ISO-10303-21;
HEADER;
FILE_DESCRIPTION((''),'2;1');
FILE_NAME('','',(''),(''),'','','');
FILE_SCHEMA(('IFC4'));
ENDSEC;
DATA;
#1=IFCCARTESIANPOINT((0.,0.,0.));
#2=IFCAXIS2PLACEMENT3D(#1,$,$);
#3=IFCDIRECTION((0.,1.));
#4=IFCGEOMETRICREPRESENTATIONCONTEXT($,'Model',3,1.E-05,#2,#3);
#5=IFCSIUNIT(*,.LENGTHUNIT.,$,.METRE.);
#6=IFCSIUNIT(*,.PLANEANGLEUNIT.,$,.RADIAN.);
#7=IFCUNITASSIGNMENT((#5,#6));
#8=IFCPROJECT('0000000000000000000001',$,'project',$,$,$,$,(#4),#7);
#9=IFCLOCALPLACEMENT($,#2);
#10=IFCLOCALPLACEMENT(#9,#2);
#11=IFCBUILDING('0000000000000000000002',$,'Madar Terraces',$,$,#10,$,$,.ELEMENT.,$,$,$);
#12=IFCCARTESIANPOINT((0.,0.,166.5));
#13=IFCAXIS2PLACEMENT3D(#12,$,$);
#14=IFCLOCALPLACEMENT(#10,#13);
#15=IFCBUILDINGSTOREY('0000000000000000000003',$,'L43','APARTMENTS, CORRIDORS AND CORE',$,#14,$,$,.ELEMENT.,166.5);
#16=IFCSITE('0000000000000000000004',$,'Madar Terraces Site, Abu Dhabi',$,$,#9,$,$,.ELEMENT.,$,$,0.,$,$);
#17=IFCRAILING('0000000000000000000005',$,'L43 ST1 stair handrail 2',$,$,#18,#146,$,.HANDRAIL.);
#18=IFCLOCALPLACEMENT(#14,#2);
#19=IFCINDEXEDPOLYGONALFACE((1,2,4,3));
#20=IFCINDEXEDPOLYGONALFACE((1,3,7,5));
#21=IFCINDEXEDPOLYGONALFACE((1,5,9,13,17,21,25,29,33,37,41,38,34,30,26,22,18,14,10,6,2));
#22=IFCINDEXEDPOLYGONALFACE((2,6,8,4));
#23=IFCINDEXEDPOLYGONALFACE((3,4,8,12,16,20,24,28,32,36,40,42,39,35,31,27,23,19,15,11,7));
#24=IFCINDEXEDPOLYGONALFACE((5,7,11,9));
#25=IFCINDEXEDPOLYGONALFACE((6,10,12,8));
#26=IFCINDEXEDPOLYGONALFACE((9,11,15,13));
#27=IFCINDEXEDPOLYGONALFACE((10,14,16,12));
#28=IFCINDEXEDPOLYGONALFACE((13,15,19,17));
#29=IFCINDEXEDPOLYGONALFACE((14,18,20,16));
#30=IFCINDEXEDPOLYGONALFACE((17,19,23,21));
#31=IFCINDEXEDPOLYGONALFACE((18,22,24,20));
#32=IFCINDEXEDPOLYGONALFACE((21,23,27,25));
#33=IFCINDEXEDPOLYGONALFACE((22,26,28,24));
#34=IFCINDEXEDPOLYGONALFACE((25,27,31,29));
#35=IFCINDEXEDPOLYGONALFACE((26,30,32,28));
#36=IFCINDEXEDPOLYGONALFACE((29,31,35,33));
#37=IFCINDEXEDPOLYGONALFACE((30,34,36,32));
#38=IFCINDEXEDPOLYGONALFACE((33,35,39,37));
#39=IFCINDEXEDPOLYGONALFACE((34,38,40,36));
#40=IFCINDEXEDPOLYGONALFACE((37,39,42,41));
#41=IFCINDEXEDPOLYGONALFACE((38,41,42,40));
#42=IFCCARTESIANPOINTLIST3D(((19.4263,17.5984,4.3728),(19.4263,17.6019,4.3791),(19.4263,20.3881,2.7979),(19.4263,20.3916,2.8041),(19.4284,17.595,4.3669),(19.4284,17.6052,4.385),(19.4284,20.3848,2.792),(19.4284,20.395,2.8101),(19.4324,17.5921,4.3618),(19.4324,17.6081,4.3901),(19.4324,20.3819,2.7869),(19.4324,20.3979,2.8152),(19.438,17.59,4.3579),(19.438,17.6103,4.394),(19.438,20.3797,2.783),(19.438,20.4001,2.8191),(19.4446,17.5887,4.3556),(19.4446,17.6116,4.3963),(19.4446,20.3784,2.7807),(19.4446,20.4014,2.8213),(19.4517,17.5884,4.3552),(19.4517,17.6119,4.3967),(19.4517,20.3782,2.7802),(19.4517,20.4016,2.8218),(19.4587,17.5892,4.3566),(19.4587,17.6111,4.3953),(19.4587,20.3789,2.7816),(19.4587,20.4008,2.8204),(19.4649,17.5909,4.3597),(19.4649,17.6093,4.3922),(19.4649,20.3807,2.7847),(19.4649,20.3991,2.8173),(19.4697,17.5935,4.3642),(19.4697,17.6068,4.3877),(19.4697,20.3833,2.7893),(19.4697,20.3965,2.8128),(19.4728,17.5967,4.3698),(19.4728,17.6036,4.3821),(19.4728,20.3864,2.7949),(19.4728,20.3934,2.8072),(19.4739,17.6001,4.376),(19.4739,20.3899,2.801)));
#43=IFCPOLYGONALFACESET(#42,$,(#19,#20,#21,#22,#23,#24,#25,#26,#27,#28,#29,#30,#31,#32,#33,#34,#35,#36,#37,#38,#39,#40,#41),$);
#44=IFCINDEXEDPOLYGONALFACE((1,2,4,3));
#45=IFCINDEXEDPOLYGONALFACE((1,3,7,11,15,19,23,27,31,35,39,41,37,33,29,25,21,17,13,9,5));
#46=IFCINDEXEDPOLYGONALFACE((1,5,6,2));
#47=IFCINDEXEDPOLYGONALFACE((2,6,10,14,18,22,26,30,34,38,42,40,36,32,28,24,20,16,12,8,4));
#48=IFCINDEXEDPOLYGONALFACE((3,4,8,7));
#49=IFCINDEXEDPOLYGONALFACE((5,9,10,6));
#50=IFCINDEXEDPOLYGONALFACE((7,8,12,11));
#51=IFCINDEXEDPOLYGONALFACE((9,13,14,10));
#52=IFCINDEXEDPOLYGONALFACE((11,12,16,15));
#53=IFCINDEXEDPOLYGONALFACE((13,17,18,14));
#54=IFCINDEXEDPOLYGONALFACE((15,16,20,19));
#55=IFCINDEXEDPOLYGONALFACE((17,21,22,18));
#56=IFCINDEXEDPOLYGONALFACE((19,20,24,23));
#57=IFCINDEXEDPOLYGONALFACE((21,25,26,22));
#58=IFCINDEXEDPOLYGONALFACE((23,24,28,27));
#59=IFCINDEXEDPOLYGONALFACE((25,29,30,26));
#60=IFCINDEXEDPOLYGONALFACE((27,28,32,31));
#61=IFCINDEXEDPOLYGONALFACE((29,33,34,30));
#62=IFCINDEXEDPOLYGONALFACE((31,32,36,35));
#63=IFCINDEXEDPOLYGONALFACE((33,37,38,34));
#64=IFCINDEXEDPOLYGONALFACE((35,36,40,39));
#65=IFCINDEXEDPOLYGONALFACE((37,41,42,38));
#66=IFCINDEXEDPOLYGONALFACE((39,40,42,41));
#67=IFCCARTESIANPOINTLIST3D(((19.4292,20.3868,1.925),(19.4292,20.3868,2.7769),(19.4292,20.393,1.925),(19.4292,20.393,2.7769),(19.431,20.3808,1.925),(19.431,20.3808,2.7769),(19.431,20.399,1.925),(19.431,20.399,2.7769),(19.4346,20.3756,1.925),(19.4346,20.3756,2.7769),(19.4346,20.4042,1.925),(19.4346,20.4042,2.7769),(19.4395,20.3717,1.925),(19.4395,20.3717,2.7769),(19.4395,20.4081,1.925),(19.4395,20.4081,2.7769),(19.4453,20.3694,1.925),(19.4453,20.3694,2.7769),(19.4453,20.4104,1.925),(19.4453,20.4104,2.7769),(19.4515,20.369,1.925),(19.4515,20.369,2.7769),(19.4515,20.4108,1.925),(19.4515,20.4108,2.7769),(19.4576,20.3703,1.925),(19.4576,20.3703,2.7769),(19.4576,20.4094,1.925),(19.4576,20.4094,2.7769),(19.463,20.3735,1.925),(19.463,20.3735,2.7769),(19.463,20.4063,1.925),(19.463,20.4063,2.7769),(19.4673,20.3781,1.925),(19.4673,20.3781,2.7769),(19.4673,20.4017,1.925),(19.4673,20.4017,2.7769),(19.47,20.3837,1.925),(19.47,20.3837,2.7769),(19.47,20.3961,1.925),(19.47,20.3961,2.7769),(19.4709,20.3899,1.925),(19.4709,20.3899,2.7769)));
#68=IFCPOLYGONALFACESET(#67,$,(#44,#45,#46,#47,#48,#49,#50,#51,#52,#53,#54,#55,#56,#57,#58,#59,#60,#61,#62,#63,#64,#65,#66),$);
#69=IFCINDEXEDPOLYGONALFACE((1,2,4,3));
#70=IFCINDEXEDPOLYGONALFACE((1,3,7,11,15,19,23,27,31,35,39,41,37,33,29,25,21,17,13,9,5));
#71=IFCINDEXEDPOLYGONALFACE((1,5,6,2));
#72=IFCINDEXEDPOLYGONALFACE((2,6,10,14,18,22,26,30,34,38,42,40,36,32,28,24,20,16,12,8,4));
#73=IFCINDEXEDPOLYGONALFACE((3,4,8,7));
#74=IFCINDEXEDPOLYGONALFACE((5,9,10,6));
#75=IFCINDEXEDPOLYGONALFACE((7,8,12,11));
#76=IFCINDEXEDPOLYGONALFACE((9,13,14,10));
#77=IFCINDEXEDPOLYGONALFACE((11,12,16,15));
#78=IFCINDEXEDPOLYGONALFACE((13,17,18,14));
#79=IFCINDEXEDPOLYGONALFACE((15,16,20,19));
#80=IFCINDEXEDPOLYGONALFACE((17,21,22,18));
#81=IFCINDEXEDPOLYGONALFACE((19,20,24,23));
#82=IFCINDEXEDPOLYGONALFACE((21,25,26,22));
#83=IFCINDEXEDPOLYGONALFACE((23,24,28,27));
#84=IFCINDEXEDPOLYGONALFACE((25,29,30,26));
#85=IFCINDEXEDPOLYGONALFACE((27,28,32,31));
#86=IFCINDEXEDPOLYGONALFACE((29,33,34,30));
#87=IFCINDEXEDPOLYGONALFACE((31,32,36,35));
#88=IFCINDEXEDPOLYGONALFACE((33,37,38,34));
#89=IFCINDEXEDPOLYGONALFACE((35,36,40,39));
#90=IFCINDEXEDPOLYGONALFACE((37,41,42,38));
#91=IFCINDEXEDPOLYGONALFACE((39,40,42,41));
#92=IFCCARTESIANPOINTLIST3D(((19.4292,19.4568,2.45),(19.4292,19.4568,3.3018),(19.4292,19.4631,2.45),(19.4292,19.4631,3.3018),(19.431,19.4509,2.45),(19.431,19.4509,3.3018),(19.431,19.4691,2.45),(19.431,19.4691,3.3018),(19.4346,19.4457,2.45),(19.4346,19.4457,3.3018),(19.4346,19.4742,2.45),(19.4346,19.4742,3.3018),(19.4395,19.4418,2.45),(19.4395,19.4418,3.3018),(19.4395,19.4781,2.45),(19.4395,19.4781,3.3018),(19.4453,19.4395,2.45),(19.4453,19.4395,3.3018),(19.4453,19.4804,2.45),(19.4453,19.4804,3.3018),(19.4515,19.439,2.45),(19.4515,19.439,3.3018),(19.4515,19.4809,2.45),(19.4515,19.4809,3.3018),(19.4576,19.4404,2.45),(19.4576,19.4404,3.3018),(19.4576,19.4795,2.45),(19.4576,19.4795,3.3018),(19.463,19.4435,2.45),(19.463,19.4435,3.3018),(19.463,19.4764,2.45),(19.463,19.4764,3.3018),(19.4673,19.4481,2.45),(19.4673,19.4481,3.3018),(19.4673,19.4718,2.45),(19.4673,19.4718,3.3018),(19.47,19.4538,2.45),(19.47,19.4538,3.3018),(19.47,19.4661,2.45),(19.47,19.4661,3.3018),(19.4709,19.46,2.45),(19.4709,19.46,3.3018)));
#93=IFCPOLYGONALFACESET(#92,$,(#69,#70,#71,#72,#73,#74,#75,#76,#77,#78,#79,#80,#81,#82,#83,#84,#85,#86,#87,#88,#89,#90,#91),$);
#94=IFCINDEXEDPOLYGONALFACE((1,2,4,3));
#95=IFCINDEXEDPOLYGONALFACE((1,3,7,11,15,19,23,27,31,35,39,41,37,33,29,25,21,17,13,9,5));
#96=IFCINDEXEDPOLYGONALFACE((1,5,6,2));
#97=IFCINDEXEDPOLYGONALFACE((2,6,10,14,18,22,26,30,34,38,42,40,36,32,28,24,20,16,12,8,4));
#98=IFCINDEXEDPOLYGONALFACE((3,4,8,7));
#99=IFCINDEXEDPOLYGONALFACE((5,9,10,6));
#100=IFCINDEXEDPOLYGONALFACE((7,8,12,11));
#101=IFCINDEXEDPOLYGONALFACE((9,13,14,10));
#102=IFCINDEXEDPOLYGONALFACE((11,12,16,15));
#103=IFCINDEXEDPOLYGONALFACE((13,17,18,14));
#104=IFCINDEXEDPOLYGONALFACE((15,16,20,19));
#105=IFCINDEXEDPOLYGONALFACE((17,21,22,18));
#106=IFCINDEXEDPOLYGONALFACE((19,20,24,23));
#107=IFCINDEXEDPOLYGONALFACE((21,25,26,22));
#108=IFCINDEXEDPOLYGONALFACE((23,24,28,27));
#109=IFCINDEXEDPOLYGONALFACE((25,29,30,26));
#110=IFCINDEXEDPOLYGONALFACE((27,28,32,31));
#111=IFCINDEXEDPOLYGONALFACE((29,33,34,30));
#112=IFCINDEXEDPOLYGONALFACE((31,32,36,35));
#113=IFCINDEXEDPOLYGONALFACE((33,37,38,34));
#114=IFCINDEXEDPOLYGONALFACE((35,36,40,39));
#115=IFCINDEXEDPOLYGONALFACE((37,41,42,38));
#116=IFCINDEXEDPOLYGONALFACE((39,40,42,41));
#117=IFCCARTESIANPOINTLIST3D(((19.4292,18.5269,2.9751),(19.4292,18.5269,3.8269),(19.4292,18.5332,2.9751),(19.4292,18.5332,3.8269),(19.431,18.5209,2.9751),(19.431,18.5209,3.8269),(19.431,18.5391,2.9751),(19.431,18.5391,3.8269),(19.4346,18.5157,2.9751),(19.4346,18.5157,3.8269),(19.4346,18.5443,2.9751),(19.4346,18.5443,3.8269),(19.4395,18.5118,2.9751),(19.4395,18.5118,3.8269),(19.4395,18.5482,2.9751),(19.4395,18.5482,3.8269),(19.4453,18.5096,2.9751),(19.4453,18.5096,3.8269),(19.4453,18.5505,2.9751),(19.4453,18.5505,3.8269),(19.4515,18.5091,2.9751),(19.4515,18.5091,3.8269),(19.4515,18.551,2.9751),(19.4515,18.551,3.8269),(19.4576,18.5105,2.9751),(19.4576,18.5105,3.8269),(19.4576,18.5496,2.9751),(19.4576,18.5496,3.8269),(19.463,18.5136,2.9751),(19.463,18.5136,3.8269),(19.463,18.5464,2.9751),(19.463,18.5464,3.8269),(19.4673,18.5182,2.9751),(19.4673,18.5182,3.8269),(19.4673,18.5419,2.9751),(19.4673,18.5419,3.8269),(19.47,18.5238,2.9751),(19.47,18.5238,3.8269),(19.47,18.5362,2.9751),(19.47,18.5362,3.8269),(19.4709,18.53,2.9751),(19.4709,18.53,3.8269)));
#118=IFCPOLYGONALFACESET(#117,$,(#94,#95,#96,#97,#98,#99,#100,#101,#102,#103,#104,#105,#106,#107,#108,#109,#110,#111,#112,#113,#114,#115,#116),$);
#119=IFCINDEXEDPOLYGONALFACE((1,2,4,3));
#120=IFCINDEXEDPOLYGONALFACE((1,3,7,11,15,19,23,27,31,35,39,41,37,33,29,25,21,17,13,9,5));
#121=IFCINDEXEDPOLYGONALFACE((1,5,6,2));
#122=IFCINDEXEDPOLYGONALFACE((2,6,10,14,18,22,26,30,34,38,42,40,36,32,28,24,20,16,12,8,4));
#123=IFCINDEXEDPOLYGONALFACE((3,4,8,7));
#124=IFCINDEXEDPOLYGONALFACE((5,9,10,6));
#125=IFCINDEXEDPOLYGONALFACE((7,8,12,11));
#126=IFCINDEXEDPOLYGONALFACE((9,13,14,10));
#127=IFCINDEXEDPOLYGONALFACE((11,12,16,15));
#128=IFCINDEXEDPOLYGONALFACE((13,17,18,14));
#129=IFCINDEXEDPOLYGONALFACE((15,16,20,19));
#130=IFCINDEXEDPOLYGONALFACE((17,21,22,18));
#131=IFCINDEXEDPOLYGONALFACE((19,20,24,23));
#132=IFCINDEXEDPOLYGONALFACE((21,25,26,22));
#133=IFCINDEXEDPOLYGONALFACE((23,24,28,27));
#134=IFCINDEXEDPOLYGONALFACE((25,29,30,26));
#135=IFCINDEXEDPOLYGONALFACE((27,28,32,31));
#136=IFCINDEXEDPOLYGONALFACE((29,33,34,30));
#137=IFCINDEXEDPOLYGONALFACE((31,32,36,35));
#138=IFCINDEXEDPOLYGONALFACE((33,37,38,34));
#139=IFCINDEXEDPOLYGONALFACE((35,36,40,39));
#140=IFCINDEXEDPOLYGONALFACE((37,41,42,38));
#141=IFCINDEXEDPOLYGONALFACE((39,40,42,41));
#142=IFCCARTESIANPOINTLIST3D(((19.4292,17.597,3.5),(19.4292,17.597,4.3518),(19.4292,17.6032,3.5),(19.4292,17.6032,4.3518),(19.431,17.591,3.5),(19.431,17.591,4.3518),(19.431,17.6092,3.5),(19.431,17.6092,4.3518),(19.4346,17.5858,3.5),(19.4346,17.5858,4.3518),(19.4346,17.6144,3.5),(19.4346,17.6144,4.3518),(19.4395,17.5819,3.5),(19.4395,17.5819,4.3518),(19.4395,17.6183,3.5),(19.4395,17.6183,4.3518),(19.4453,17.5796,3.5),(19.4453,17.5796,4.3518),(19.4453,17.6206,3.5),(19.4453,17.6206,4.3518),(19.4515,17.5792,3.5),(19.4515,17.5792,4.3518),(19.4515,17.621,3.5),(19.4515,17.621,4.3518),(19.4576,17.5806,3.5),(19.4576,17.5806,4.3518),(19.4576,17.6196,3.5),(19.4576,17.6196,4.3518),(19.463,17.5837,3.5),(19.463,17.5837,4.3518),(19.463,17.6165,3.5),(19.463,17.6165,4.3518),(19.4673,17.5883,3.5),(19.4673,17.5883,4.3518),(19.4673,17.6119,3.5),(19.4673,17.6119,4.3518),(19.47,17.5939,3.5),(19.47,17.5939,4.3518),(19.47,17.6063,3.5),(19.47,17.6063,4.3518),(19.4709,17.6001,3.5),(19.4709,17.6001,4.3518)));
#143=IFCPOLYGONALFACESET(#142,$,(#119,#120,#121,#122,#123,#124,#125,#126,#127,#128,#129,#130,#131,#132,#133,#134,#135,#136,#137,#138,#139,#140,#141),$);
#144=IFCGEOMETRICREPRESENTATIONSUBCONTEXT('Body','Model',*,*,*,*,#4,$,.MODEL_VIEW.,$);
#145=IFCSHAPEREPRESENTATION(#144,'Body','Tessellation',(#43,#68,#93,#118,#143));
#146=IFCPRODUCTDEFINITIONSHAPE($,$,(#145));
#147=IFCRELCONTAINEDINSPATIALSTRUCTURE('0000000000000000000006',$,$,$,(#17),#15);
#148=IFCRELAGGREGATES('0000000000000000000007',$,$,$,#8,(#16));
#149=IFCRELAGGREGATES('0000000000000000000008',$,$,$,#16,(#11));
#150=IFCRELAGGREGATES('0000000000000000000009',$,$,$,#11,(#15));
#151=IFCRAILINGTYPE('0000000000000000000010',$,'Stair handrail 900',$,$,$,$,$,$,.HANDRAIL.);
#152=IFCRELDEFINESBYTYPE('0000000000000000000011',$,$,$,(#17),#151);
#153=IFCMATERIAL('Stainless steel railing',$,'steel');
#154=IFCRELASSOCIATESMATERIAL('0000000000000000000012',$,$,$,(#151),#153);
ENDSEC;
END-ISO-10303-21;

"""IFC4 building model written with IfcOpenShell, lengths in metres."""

from ifc_helpers import new_model, si_unit, direction, frame, origin, origin_2d, place, context, subcontext, project, spatial, circle, extrude, material, type_object, element, save


model = new_model("IFC4")

# Units and contexts
model_context = context("Model", 3, precision=1e-05, world=origin(), true_north=direction((0.0, 1.0)))
body_context = subcontext(model_context, "Body", "Model", "MODEL_VIEW")
ifc_project = project(units=[si_unit("LENGTHUNIT", "METRE"), si_unit("PLANEANGLEUNIT", "RADIAN")], contexts=[model_context])

# Site, building, storey
site_placement = place(None, origin())
site = spatial("IfcSite", under=ifc_project, at=site_placement, Name="Madar Terraces Site, Abu Dhabi", CompositionType="ELEMENT", RefElevation=0.0)
building_placement = place(site_placement, origin())
building = spatial("IfcBuilding", under=site, at=building_placement, Name="Madar Terraces", CompositionType="ELEMENT")
storey_placement = place(building_placement, frame((0.0, 0.0, 166.5)))
storey = spatial("IfcBuildingStorey", under=building, at=storey_placement, Name="L43", Description="APARTMENTS, CORRIDORS AND CORE", CompositionType="ELEMENT", Elevation=166.5)

# Railing
ifc_material_1 = material(Name="Stainless steel railing", Category="steel")
railing_type_1 = type_object("IfcRailingType", Name="Stair handrail 900", PredefinedType="HANDRAIL", material=ifc_material_1)
railing_1_placement = place(storey_placement, frame((19.45, 20.3899, 1.925)))
element("IfcRailing", 1, at=railing_1_placement, inside=storey, type_object=railing_type_1, Name="L43 ST1 stair handrail 2", PredefinedType="HANDRAIL", context=body_context, shape_type="SweptSolid", body=[
    extrude(circle(Radius=0.0239, at=origin_2d()), frame((0.0, 0.0, 0.876), z_axis=(0.0, -0.870815, 0.49161), x_axis=(1.0, 0.0, 0.0)), (0.0, 0.0, 1.0), 3.2036),
    extrude(circle(Radius=0.021, at=origin_2d()), origin(), (0.0, 0.0, 1.0), 0.8518),
    extrude(circle(Radius=0.021, at=origin_2d()), frame((0.0, -0.9299, 0.5249)), (0.0, 0.0, 1.0), 0.8518),
    extrude(circle(Radius=0.021, at=origin_2d()), frame((0.0, -1.8599, 1.05)), (0.0, 0.0, 1.0), 0.8518),
    extrude(circle(Radius=0.021, at=origin_2d()), frame((0.0, -2.7898, 1.575)), (0.0, 0.0, 1.0), 0.8518),
])

save(model, "model.ifc")
